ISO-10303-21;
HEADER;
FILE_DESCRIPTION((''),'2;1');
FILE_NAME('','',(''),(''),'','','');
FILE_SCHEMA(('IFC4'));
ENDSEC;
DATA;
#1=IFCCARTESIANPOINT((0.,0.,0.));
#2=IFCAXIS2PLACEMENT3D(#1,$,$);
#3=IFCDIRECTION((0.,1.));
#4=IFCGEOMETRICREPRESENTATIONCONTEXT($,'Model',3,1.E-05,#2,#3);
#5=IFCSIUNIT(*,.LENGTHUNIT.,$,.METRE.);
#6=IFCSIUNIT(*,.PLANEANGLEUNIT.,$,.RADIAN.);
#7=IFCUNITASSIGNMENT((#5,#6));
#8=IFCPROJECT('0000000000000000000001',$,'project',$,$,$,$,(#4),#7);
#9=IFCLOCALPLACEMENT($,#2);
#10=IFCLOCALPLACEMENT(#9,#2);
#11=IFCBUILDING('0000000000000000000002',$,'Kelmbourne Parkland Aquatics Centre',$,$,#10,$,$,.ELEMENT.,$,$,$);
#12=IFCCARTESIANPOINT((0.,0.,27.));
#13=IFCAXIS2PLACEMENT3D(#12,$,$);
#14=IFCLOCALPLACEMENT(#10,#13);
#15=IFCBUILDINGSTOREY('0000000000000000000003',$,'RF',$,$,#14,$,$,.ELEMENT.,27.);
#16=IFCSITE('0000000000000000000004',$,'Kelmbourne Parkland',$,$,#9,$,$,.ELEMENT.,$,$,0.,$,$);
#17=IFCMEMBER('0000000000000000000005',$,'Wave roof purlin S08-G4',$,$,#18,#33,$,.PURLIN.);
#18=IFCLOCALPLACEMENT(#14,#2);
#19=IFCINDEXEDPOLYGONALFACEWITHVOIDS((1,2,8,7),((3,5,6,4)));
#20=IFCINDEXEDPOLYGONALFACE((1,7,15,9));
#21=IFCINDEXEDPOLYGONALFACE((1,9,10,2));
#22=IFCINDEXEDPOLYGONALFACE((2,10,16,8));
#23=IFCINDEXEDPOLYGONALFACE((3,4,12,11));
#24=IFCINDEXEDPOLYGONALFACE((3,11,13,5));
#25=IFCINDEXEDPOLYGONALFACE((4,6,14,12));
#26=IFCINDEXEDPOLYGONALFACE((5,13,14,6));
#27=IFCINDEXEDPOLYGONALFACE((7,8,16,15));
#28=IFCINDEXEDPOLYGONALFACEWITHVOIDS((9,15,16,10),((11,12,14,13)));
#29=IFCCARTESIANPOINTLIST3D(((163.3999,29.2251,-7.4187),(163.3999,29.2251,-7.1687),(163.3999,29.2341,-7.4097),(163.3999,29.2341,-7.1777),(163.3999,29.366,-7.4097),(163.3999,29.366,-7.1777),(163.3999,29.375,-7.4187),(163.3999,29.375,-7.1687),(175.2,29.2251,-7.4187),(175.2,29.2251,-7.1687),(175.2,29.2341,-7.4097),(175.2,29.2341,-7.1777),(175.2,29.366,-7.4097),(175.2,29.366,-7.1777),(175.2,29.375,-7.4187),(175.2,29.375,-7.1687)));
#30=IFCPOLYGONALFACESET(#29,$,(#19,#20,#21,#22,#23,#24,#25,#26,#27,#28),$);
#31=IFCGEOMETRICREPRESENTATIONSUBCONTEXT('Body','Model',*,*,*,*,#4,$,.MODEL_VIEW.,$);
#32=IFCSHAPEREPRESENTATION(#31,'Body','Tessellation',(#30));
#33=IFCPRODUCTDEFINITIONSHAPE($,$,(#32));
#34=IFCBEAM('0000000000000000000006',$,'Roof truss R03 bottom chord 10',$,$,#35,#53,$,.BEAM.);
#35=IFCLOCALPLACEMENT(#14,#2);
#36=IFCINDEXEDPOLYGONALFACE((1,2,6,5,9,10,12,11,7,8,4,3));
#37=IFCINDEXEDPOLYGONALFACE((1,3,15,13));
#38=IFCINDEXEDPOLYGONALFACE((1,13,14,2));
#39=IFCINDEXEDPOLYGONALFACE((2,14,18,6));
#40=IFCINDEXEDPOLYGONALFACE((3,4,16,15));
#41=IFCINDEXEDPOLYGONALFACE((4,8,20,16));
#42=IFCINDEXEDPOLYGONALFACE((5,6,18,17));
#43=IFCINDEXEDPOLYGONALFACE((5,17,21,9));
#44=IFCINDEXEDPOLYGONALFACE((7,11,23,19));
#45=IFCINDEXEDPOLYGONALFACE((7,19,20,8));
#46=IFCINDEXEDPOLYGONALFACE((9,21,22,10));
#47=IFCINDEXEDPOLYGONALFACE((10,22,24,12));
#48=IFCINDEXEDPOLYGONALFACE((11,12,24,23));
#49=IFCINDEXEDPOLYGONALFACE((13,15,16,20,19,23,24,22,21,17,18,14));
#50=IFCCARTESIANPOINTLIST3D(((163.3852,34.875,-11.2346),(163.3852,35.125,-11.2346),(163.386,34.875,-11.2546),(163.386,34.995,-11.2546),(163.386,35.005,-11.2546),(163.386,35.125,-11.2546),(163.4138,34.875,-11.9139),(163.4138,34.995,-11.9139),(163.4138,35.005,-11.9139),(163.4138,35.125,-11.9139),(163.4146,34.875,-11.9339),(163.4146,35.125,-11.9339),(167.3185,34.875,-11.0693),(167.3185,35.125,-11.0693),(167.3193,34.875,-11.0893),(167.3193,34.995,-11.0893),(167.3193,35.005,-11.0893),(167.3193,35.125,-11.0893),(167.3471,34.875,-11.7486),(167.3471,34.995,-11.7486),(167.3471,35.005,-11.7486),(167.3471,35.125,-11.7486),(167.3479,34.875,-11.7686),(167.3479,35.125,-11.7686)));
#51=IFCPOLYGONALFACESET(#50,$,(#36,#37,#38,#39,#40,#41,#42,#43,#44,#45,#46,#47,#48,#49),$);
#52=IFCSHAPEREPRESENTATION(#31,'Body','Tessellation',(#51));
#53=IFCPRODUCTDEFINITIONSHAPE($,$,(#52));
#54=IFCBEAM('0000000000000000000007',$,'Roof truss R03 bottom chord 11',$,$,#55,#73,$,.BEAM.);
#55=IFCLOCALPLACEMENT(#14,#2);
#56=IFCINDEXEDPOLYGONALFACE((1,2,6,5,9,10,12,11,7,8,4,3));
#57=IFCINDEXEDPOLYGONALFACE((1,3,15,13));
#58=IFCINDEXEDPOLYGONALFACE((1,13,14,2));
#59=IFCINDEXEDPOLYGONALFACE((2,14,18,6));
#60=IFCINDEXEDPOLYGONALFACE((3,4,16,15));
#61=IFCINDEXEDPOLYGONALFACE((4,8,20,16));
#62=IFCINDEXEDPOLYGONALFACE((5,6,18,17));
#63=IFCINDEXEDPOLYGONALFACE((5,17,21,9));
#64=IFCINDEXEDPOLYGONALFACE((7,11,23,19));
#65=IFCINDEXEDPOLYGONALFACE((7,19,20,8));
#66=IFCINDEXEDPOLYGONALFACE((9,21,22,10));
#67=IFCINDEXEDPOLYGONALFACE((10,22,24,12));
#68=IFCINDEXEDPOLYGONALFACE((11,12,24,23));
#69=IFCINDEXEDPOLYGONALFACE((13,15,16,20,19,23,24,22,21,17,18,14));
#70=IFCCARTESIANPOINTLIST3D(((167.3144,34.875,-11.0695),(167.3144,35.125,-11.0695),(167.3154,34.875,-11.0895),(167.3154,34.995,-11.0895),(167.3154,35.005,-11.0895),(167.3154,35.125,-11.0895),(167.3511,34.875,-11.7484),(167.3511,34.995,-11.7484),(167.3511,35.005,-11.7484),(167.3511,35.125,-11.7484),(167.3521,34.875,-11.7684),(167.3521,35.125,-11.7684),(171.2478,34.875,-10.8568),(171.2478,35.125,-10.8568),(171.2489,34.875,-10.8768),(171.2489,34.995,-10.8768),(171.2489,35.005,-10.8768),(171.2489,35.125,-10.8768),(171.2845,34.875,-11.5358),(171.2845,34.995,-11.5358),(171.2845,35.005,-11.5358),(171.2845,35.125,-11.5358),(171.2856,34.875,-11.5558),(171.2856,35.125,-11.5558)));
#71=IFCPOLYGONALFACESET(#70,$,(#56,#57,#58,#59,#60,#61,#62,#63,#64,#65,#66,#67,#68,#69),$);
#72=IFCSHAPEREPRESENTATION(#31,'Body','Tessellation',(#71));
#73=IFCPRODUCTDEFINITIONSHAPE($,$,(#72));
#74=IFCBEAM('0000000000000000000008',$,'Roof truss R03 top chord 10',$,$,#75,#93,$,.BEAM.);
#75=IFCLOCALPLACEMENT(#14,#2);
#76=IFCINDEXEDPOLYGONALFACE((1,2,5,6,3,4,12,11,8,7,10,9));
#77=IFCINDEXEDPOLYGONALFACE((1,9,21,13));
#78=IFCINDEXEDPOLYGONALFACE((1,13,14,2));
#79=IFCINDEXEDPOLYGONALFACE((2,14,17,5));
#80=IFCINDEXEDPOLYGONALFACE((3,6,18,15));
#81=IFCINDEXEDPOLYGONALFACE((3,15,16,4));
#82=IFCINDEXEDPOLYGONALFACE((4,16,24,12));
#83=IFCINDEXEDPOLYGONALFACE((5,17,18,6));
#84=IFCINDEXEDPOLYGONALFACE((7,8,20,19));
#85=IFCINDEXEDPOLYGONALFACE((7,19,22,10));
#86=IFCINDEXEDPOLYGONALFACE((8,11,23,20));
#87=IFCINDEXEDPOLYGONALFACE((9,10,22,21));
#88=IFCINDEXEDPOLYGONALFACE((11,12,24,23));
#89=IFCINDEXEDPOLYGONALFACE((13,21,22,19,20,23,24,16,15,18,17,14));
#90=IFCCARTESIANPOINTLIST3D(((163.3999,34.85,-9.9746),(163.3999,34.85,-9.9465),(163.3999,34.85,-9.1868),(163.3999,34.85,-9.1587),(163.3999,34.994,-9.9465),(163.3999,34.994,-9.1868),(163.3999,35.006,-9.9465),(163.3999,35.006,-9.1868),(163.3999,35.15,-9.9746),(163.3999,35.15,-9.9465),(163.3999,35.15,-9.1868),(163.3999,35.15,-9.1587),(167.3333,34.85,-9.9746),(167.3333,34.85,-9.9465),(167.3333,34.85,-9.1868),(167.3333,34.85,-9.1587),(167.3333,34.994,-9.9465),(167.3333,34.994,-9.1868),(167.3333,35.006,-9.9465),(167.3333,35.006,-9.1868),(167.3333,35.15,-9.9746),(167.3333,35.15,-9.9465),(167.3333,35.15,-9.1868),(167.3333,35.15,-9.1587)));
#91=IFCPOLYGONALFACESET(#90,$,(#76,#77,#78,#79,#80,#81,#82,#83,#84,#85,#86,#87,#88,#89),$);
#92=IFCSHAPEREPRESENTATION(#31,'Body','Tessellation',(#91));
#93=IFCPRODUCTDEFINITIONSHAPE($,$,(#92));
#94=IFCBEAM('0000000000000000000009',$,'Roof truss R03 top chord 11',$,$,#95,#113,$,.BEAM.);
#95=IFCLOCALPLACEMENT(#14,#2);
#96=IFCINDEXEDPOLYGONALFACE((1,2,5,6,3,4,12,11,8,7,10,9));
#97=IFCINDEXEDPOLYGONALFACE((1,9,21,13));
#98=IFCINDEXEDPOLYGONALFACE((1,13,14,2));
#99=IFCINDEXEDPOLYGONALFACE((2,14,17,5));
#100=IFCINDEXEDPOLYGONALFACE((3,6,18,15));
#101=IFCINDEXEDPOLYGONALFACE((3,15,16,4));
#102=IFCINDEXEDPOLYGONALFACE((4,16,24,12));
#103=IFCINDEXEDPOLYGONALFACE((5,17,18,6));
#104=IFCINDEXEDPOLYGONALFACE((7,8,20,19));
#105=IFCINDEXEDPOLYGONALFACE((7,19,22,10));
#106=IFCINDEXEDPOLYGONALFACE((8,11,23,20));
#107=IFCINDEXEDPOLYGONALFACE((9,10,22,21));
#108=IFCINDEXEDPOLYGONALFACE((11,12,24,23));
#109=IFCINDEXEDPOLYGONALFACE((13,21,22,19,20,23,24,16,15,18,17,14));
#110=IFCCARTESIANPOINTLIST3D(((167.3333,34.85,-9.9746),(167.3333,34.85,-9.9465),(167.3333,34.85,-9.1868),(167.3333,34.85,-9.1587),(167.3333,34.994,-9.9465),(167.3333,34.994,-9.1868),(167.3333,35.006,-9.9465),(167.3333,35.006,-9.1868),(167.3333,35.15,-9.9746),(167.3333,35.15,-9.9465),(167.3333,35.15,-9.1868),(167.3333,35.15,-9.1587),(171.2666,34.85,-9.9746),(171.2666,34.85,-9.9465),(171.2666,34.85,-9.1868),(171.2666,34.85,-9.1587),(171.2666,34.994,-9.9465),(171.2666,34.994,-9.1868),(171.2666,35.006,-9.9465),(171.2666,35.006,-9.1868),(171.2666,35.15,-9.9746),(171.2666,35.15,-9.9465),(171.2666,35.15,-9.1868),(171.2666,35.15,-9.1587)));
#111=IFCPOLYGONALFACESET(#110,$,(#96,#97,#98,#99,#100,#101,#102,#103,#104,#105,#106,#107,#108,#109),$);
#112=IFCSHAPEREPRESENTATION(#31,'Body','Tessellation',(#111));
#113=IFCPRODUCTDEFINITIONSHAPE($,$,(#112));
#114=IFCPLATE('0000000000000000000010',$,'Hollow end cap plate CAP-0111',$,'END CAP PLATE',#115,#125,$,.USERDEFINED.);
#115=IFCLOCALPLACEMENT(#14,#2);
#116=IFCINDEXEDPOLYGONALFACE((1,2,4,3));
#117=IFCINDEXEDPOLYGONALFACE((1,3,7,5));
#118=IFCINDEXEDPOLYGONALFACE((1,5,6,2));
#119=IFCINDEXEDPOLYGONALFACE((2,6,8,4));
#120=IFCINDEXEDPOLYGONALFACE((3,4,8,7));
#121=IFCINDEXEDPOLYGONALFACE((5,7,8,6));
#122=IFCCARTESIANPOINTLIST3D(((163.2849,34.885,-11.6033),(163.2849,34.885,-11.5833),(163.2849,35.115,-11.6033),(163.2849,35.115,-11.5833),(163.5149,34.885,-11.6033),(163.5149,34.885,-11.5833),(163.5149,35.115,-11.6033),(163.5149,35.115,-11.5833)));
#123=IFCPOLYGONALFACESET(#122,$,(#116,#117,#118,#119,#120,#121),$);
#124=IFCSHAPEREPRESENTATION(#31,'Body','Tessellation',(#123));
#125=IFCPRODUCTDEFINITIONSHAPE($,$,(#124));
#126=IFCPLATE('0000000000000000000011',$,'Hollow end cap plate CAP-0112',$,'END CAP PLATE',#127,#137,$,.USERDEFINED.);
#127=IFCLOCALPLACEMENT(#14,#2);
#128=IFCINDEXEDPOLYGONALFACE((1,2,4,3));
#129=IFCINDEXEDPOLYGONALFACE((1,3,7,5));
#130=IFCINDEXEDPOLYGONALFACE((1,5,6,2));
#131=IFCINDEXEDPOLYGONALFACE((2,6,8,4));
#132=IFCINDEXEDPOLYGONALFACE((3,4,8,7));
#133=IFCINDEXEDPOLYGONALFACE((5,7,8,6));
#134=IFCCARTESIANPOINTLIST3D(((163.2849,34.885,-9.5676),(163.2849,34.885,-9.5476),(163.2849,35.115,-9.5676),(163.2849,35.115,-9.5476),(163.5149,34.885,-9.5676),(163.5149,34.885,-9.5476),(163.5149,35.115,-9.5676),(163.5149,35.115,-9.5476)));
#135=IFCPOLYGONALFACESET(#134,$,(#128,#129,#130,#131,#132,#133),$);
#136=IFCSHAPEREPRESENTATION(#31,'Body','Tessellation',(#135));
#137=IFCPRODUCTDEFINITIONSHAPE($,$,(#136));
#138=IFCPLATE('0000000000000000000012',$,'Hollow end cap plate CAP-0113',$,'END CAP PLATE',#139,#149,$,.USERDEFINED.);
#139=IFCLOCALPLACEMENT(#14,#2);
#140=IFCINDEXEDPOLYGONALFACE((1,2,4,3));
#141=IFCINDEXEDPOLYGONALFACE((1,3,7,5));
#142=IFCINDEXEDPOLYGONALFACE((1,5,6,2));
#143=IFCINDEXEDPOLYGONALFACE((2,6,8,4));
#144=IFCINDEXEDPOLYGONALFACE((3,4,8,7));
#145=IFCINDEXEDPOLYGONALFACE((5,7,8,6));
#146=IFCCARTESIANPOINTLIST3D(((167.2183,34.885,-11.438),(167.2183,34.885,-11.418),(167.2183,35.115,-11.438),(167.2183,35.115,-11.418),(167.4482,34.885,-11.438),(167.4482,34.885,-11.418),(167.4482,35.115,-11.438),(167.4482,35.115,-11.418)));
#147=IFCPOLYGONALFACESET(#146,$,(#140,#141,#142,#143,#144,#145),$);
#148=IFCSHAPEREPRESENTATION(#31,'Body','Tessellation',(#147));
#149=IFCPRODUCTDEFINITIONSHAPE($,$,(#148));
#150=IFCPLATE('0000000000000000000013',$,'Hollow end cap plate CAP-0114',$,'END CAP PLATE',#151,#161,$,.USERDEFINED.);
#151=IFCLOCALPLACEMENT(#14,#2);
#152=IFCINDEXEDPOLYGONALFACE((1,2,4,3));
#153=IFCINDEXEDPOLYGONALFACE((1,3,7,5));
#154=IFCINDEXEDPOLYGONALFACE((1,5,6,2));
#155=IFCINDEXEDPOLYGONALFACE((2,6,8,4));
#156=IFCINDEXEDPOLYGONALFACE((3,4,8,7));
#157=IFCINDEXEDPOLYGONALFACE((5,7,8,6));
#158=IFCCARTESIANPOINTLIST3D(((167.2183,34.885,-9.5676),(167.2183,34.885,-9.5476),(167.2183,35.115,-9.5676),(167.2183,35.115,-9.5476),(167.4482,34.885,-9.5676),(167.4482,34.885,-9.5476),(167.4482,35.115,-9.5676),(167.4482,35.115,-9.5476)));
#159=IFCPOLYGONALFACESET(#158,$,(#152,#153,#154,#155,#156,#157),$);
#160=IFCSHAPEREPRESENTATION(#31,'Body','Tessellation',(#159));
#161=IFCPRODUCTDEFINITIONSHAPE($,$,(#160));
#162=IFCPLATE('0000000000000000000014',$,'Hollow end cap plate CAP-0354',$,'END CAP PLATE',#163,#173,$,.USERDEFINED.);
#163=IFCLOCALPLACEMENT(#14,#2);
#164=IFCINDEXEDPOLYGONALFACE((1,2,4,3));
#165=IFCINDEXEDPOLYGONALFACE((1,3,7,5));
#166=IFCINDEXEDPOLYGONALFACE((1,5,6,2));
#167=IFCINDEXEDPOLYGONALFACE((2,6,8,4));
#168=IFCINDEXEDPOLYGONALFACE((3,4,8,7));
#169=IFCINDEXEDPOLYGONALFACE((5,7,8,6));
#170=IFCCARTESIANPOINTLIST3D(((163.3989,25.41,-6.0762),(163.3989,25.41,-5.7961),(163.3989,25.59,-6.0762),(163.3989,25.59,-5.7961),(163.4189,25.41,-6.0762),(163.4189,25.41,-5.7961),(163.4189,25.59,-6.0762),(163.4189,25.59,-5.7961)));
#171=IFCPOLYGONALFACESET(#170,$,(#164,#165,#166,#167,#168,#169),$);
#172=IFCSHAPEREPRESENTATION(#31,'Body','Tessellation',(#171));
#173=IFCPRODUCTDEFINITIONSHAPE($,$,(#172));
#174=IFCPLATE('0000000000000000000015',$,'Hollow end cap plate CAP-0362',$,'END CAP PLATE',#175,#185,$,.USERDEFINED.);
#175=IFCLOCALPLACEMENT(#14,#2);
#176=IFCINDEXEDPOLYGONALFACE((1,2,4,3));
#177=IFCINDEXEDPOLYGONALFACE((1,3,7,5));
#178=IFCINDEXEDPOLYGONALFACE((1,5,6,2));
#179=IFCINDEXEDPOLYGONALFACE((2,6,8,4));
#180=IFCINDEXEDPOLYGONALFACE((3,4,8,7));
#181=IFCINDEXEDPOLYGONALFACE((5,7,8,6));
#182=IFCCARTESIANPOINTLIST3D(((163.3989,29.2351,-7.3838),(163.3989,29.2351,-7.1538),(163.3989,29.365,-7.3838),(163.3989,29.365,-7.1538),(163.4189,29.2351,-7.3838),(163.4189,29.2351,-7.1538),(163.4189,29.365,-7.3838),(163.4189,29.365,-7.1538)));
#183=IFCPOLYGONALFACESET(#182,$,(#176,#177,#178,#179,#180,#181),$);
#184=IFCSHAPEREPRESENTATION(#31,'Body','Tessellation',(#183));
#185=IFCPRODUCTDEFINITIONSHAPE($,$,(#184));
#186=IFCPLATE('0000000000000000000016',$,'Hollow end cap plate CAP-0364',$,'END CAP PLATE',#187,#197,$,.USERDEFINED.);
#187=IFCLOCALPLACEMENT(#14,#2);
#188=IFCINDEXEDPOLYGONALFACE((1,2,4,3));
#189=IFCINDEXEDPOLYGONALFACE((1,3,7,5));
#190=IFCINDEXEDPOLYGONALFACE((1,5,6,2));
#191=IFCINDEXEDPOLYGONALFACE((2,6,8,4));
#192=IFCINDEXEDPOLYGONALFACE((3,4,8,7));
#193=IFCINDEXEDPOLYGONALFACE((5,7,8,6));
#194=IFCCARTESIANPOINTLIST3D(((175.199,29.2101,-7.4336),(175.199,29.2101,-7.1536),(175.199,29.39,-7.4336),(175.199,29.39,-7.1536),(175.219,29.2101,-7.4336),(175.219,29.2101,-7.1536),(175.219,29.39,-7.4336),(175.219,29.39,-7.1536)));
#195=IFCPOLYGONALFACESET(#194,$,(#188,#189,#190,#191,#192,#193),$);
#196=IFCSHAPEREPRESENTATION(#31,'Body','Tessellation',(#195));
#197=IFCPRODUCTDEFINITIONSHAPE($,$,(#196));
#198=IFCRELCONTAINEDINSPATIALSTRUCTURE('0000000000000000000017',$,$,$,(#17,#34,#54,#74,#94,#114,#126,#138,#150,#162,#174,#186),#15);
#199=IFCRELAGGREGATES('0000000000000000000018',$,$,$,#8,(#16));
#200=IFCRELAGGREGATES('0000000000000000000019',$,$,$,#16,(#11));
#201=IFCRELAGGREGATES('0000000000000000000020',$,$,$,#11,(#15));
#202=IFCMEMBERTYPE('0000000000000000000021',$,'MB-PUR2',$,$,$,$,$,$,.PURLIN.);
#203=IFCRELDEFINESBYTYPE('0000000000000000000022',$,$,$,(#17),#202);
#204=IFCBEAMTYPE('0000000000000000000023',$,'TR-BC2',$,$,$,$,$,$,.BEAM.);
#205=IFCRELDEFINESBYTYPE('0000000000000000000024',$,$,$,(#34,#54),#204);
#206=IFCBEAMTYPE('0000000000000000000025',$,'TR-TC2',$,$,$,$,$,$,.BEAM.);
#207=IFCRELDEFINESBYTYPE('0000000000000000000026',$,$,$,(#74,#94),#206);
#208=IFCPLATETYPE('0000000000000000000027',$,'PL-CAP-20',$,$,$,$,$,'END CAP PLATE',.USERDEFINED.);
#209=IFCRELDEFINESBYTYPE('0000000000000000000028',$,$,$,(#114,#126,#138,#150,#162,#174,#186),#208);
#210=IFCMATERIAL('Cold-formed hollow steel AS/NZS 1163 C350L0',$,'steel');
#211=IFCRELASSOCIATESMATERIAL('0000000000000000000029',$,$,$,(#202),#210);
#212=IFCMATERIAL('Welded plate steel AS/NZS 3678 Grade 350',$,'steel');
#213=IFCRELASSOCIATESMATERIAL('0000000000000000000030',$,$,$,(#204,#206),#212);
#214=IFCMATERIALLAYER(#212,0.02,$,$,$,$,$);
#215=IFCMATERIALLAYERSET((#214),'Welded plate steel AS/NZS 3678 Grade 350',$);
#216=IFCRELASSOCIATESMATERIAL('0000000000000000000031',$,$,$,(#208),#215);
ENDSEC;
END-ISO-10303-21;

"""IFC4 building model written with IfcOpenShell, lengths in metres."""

from ifc_helpers import new_model, si_unit, direction, frame, origin, origin_2d, place, context, subcontext, project, spatial, rectangle, hollow_rectangle, i_section, extrude, material, layer, layer_set, material_profile, profile_set, type_object, element, save


model = new_model("IFC4")

# Units and contexts
model_context = context("Model", 3, precision=1e-05, world=origin(), true_north=direction((0.0, 1.0)))
body_context = subcontext(model_context, "Body", "Model", "MODEL_VIEW")
ifc_project = project(units=[si_unit("LENGTHUNIT", "METRE"), si_unit("PLANEANGLEUNIT", "RADIAN")], contexts=[model_context])

# Site, building, storey
site_placement = place(None, origin())
site = spatial("IfcSite", under=ifc_project, at=site_placement, Name="Kelmbourne Parkland", CompositionType="ELEMENT", RefElevation=0.0)
building_placement = place(site_placement, origin())
building = spatial("IfcBuilding", under=site, at=building_placement, Name="Kelmbourne Parkland Aquatics Centre", CompositionType="ELEMENT")
storey_placement = place(building_placement, frame((0.0, 0.0, 27.0)))
storey = spatial("IfcBuildingStorey", under=building, at=storey_placement, Name="RF", CompositionType="ELEMENT", Elevation=27.0)

# Member
ifc_material_1 = material(Name="Cold-formed hollow steel AS/NZS 1163 C350L0", Category="steel")
ifc_material_profile_1 = material_profile(ifc_material_1, hollow_rectangle(XDim=0.1499, YDim=0.25, WallThickness=0.009, at=origin_2d()), Name="RHS 250x150x9.0")
ifc_profile_set_1 = profile_set([ifc_material_profile_1], Name="Cold-formed hollow steel AS/NZS 1163 C350L0")
member_type_1 = type_object("IfcMemberType", Name="MB-PUR2", PredefinedType="PURLIN", material=ifc_profile_set_1)
member_1_placement = place(storey_placement, frame((163.3999, 29.3, -7.2937), z_axis=(1.0, 0.0, 0.0), x_axis=(0.0, 1.0, 0.0)))
element("IfcMember", 1, at=member_1_placement, inside=storey, type_object=member_type_1, Name="Wave roof purlin S08-G4", PredefinedType="PURLIN", context=body_context, shape_type="SweptSolid", body=[
    extrude(hollow_rectangle(XDim=0.1499, YDim=0.25, WallThickness=0.009, at=origin_2d()), origin(), (0.0, 0.0, 1.0), 11.8),
])

# Beams
ifc_material_2 = material(Name="Welded plate steel AS/NZS 3678 Grade 350", Category="steel")
ifc_material_profile_2 = material_profile(ifc_material_2, i_section(OverallWidth=0.25, OverallDepth=0.7, WebThickness=0.01, FlangeThickness=0.02, at=origin_2d()), Name="700WB130")
ifc_profile_set_2 = profile_set([ifc_material_profile_2], Name="Welded plate steel AS/NZS 3678 Grade 350")
beam_type_1 = type_object("IfcBeamType", Name="TR-BC2", PredefinedType="BEAM", material=ifc_profile_set_2)
beam_1_placement = place(storey_placement, frame((163.3999, 35.0, -11.5842), z_axis=(0.999118, 0.0, 0.041984), x_axis=(0.0, 1.0, 0.0)))
element("IfcBeam", 2, at=beam_1_placement, inside=storey, type_object=beam_type_1, Name="Roof truss R03 bottom chord 10", PredefinedType="BEAM", context=body_context, shape_type="SweptSolid", body=[
    extrude(i_section(OverallWidth=0.25, OverallDepth=0.7, WebThickness=0.01, FlangeThickness=0.02, at=origin_2d()), origin(), (0.0, 0.0, 1.0), 3.9368),
])
beam_2_placement = place(storey_placement, frame((167.3333, 35.0, -11.4189), z_axis=(0.998542, 0.0, 0.053984), x_axis=(0.0, 1.0, 0.0)))
element("IfcBeam", 3, at=beam_2_placement, inside=storey, type_object=beam_type_1, Name="Roof truss R03 bottom chord 11", PredefinedType="BEAM", context=body_context, shape_type="SweptSolid", body=[
    extrude(i_section(OverallWidth=0.25, OverallDepth=0.7, WebThickness=0.01, FlangeThickness=0.02, at=origin_2d()), origin(), (0.0, 0.0, 1.0), 3.9392),
])
ifc_material_profile_3 = material_profile(ifc_material_2, i_section(OverallWidth=0.3, OverallDepth=0.8159, WebThickness=0.012, FlangeThickness=0.0281, at=origin_2d()), Name="800WB192")
ifc_profile_set_3 = profile_set([ifc_material_profile_3], Name="Welded plate steel AS/NZS 3678 Grade 350")
beam_type_2 = type_object("IfcBeamType", Name="TR-TC2", PredefinedType="BEAM", material=ifc_profile_set_3)
for number, where, z_axis, x_axis, name in (
    (4, (163.3999, 35.0, -9.5667), (1.0, 0.0, 0.0), (0.0, 1.0, 0.0), "Roof truss R03 top chord 10"),
    (5, (167.3333, 35.0, -9.5667), (1.0, 0.0, 0.0), (0.0, 1.0, 0.0), "Roof truss R03 top chord 11"),
):
    element("IfcBeam", number, at=place(storey_placement, frame(where, z_axis=z_axis, x_axis=x_axis)), inside=storey, type_object=beam_type_2, Name=name, PredefinedType="BEAM", context=body_context, shape_type="SweptSolid", body=[
        extrude(i_section(OverallWidth=0.3, OverallDepth=0.8159, WebThickness=0.012, FlangeThickness=0.0281, at=origin_2d()), origin(), (0.0, 0.0, 1.0), 3.9333),
    ])

# Plates
ifc_layer_1 = layer(ifc_material_2, 0.02)
ifc_layer_set_1 = layer_set([ifc_layer_1], Name="Welded plate steel AS/NZS 3678 Grade 350")
plate_type_1 = type_object("IfcPlateType", Name="PL-CAP-20", ElementType="END CAP PLATE", PredefinedType="USERDEFINED", material=ifc_layer_set_1)
for number, where, z_axis, x_axis, name in (
    (6, (163.3999, 35.0, -11.6033), (0.0, 0.0, 1.0), (1.0, 0.0, 0.0), "Hollow end cap plate CAP-0111"),
    (7, (163.3999, 35.0, -9.5676), (0.0, 0.0, 1.0), (1.0, 0.0, 0.0), "Hollow end cap plate CAP-0112"),
    (8, (167.3333, 35.0, -11.438), (0.0, 0.0, 1.0), (1.0, 0.0, 0.0), "Hollow end cap plate CAP-0113"),
    (9, (167.3333, 35.0, -9.5676), (0.0, 0.0, 1.0), (1.0, 0.0, 0.0), "Hollow end cap plate CAP-0114"),
):
    element("IfcPlate", number, at=place(storey_placement, frame(where, z_axis=z_axis, x_axis=x_axis)), inside=storey, type_object=plate_type_1, Name=name, ObjectType="END CAP PLATE", PredefinedType="USERDEFINED", context=body_context, shape_type="SweptSolid", body=[
        extrude(rectangle(XDim=0.23, YDim=0.23, at=origin_2d()), origin(), (0.0, 0.0, 1.0), 0.02),
    ])
plate_1_placement = place(storey_placement, frame((163.4089, 25.5, -6.0762), z_axis=(0.0, 0.0, 1.0), x_axis=(1.0, 0.0, 0.0)))
element("IfcPlate", 10, at=plate_1_placement, inside=storey, type_object=plate_type_1, Name="Hollow end cap plate CAP-0354", ObjectType="END CAP PLATE", PredefinedType="USERDEFINED", context=body_context, shape_type="SweptSolid", body=[
    extrude(rectangle(XDim=0.02, YDim=0.1799, at=origin_2d()), origin(), (0.0, 0.0, 1.0), 0.28),
])
plate_2_placement = place(storey_placement, frame((163.4089, 29.3, -7.3838), z_axis=(0.0, 0.0, 1.0), x_axis=(1.0, 0.0, 0.0)))
element("IfcPlate", 11, at=plate_2_placement, inside=storey, type_object=plate_type_1, Name="Hollow end cap plate CAP-0362", ObjectType="END CAP PLATE", PredefinedType="USERDEFINED", context=body_context, shape_type="SweptSolid", body=[
    extrude(rectangle(XDim=0.02, YDim=0.1299, at=origin_2d()), origin(), (0.0, 0.0, 1.0), 0.23),
])
plate_3_placement = place(storey_placement, frame((175.209, 29.3, -7.4336), z_axis=(0.0, 0.0, 1.0), x_axis=(1.0, 0.0, 0.0)))
element("IfcPlate", 12, at=plate_3_placement, inside=storey, type_object=plate_type_1, Name="Hollow end cap plate CAP-0364", ObjectType="END CAP PLATE", PredefinedType="USERDEFINED", context=body_context, shape_type="SweptSolid", body=[
    extrude(rectangle(XDim=0.02, YDim=0.1799, at=origin_2d()), origin(), (0.0, 0.0, 1.0), 0.28),
])

save(model, "model.ifc")
